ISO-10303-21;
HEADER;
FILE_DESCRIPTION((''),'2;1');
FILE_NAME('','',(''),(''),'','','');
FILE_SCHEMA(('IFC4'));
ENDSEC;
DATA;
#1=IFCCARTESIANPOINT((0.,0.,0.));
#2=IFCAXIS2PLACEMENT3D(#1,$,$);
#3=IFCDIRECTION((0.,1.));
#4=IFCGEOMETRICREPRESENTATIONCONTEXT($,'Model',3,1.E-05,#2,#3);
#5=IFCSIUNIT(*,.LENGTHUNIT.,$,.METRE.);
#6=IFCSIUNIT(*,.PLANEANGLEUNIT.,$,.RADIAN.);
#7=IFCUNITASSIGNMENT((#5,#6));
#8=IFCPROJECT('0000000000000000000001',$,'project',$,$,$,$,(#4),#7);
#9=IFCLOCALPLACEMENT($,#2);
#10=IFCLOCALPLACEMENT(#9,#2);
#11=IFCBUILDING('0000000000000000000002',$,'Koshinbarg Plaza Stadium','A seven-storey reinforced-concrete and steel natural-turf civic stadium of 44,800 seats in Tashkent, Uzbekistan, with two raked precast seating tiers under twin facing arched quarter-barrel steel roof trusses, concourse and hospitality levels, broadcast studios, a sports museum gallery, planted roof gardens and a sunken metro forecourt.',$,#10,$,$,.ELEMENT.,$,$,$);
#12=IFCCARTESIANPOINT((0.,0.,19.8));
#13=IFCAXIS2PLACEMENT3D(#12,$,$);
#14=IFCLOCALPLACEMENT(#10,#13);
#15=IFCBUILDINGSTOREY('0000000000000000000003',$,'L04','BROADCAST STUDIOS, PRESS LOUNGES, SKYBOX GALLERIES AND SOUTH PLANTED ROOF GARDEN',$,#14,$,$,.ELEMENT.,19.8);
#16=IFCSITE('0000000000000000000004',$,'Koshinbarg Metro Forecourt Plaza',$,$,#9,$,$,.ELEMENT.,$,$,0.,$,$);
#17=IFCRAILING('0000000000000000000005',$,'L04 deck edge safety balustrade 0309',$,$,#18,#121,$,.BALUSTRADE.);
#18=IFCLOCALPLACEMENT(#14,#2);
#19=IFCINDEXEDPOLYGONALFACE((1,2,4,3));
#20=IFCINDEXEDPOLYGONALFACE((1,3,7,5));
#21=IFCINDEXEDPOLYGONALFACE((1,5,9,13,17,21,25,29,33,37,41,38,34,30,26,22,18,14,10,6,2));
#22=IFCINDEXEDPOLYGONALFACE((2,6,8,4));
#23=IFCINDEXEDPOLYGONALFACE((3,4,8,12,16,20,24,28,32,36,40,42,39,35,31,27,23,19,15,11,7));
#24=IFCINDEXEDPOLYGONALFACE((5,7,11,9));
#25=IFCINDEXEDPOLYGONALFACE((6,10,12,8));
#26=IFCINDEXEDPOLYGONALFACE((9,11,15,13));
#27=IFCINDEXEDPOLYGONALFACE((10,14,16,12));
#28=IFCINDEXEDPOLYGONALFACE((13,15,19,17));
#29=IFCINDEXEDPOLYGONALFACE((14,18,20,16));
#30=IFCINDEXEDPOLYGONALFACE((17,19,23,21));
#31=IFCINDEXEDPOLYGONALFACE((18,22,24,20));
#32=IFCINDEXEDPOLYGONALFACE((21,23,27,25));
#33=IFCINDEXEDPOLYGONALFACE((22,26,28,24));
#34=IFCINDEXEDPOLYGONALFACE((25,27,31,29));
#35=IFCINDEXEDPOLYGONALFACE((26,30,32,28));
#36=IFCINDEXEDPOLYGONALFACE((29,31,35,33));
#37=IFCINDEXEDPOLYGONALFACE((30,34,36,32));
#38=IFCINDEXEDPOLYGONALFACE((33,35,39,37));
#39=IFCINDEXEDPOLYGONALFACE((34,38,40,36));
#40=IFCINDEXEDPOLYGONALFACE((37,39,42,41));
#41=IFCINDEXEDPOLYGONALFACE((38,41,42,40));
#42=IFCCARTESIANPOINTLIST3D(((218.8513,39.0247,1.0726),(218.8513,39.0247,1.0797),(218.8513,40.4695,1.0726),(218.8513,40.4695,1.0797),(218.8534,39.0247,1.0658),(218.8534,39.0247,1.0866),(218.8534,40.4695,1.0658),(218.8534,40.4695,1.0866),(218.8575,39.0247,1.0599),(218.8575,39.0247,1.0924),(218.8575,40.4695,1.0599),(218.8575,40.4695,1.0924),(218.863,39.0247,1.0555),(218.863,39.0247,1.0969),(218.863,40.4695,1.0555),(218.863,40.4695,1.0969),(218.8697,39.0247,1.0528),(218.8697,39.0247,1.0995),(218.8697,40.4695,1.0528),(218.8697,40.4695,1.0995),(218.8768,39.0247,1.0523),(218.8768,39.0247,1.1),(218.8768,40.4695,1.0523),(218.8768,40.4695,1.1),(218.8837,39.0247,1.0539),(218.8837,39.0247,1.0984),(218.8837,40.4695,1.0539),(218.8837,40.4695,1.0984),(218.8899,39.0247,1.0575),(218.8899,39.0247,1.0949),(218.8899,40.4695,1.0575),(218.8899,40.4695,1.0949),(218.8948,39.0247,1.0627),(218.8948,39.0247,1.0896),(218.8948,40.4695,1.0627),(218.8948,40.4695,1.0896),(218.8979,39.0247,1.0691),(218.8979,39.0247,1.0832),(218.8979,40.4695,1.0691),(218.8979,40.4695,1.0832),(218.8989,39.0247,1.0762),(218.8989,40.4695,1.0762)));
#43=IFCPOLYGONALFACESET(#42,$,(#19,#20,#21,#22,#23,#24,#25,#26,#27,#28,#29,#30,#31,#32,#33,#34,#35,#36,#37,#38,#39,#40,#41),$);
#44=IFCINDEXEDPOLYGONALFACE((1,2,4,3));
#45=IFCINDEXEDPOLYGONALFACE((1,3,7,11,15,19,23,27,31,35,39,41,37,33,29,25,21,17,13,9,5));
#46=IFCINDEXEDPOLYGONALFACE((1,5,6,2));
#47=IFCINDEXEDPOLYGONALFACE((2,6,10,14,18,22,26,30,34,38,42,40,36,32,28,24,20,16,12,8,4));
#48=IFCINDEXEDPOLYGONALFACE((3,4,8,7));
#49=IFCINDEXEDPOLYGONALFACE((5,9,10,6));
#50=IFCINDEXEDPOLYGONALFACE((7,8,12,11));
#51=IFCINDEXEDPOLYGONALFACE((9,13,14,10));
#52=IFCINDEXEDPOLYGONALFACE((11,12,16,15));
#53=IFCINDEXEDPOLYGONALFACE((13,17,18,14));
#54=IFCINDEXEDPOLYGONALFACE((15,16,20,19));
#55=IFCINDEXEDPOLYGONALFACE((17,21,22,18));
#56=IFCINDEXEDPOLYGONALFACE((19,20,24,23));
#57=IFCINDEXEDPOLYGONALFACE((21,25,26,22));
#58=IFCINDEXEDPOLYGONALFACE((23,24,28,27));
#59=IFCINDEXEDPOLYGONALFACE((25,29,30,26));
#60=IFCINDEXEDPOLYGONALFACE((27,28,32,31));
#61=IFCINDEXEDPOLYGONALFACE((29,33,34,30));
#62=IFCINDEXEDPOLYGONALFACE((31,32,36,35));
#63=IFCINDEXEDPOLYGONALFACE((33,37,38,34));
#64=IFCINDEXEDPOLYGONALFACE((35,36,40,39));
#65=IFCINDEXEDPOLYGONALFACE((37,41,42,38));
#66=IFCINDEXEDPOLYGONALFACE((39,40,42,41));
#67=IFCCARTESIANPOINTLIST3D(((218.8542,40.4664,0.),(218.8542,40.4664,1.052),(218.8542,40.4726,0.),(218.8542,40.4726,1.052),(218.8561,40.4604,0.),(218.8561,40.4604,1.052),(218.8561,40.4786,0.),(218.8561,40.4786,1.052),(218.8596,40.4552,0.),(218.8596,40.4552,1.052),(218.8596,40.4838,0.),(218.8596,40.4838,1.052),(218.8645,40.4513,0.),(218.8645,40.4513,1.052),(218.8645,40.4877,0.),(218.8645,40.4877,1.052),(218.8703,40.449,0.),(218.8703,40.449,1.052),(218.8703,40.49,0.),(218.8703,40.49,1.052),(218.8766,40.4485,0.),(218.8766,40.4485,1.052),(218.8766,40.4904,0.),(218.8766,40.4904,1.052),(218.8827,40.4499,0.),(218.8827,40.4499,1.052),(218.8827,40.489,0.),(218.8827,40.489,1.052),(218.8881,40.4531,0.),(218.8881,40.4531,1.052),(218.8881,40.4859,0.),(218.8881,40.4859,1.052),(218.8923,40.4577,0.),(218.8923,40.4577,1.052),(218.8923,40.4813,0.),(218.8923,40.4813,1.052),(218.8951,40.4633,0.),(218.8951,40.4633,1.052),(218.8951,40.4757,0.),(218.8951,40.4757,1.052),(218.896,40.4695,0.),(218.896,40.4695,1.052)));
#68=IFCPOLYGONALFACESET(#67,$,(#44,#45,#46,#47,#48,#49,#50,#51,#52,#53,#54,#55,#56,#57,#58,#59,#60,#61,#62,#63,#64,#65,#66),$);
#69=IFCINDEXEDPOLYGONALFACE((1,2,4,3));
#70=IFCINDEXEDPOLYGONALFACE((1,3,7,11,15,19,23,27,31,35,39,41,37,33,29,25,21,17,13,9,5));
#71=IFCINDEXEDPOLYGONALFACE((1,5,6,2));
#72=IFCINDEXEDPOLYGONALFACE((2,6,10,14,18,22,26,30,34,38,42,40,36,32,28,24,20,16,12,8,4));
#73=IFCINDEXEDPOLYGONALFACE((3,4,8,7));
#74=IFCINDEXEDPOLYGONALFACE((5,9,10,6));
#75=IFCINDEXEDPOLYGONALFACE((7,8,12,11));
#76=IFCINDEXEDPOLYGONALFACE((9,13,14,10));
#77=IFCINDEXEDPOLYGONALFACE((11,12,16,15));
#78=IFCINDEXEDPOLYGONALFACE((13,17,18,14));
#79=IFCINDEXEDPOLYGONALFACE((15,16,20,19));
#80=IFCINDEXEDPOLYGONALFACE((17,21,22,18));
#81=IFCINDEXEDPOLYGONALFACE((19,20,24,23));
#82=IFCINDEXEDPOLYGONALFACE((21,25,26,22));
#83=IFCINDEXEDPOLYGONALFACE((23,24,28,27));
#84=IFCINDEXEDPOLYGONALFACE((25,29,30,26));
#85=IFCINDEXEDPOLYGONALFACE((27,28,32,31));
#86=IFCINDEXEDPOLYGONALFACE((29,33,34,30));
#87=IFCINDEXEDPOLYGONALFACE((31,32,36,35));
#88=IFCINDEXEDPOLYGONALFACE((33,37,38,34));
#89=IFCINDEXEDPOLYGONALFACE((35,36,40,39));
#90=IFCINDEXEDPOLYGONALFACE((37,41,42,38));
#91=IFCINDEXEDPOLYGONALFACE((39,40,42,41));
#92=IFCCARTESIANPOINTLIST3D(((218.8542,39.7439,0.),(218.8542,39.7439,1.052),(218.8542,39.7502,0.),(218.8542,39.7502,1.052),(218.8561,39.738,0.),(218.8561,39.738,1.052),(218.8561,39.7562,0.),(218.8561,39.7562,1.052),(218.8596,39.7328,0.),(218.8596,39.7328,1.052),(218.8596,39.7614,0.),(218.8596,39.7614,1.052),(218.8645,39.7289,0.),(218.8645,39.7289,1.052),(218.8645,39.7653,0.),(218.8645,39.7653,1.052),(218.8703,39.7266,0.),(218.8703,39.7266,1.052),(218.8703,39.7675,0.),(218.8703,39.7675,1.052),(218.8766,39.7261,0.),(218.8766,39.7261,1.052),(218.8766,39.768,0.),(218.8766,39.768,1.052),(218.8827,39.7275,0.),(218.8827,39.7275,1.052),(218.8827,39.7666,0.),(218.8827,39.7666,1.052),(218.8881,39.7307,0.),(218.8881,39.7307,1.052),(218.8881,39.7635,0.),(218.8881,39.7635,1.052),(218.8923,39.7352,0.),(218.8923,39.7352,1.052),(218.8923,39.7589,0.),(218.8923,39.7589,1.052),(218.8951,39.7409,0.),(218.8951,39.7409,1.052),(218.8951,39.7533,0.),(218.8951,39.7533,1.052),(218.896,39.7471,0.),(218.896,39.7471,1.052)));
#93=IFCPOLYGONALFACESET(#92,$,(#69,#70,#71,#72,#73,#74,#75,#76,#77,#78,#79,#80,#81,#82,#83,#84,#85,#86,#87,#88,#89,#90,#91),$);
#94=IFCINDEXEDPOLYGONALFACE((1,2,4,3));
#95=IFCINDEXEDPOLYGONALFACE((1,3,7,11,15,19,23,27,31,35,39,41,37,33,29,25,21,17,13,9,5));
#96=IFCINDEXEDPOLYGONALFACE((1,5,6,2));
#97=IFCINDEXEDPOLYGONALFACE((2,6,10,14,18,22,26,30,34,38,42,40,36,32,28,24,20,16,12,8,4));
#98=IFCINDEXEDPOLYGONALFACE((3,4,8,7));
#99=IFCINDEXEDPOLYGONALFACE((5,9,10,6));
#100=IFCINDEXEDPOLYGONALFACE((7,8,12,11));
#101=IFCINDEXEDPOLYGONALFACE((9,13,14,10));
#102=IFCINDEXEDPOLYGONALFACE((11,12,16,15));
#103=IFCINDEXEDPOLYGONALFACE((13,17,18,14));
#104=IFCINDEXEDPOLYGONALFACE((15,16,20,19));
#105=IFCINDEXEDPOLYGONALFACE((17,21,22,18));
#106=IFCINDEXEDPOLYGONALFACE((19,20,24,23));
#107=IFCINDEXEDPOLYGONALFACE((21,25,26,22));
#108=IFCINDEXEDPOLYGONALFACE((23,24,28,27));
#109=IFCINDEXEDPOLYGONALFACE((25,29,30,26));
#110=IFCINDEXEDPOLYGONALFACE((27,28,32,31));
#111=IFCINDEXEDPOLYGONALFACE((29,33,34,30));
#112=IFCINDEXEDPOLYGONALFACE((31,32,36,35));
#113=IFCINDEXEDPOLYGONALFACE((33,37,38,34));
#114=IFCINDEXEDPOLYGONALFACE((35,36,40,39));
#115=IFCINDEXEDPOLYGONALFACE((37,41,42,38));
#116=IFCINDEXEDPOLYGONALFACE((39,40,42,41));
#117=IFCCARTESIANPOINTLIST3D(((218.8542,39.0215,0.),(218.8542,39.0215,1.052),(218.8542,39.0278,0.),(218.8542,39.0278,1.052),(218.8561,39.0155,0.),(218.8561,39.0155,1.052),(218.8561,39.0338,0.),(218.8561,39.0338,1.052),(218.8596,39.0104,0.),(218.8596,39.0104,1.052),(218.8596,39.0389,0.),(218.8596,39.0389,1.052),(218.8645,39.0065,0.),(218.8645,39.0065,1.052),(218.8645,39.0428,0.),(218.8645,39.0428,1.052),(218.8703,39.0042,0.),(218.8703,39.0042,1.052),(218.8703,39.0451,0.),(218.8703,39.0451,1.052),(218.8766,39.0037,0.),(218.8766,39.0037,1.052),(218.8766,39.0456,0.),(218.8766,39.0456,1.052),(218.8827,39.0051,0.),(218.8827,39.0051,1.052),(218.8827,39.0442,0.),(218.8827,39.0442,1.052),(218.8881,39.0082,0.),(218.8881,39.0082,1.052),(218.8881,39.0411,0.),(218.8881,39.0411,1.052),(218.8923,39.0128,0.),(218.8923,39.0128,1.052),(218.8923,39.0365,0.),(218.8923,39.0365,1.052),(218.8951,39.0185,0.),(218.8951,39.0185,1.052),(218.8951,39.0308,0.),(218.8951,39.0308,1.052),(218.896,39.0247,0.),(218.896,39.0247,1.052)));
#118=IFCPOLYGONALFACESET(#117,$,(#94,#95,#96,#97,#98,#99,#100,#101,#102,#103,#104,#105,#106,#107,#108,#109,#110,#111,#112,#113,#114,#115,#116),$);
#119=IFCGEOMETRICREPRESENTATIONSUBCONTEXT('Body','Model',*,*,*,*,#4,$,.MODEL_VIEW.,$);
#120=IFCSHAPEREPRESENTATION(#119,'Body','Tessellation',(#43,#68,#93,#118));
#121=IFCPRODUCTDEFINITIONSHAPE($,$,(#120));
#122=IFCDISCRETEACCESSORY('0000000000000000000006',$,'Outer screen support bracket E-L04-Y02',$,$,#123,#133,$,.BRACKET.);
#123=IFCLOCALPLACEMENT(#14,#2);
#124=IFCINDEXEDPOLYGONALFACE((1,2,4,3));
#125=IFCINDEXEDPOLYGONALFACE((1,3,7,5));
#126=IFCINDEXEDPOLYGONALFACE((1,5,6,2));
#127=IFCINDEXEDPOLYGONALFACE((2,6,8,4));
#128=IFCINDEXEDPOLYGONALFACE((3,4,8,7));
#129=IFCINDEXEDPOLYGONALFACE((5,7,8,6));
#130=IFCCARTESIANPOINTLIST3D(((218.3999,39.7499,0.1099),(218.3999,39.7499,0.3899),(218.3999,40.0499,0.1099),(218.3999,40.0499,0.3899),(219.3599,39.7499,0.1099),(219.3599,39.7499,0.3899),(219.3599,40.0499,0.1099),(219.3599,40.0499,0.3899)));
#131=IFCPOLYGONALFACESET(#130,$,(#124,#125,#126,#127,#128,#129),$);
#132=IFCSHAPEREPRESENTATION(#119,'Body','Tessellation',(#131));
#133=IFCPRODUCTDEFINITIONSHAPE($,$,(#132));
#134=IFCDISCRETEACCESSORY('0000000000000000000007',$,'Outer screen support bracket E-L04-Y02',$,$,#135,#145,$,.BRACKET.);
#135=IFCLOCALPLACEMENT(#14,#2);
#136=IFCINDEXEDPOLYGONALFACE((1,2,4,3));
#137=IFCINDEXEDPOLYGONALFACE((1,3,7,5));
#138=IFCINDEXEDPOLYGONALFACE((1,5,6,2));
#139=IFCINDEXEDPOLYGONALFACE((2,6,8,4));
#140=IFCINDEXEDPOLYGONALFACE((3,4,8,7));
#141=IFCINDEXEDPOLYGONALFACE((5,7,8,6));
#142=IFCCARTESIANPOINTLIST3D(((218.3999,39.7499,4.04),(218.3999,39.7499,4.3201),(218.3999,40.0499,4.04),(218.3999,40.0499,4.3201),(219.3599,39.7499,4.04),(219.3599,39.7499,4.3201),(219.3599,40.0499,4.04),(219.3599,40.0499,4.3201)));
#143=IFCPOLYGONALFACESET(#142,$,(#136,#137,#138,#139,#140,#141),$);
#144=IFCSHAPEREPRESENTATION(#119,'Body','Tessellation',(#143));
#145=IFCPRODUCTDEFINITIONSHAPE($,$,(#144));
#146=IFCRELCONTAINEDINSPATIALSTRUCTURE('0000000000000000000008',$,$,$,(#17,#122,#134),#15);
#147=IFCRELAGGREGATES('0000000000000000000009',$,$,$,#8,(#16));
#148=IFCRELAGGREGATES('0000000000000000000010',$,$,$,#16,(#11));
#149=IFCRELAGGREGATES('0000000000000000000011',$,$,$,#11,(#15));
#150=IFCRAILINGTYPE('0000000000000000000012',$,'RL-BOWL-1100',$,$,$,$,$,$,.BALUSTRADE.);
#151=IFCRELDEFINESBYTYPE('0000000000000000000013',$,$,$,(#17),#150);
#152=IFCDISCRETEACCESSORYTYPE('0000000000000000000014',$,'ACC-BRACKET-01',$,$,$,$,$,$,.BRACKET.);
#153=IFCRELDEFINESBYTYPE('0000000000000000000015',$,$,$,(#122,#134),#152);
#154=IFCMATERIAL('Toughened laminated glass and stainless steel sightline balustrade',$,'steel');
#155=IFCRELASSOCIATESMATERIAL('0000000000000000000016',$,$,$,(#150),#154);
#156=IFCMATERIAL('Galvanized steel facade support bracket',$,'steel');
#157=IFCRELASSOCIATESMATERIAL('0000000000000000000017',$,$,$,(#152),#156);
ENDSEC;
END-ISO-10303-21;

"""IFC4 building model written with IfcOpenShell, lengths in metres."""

from ifc_helpers import new_model, si_unit, direction, frame, origin, origin_2d, place, context, subcontext, project, spatial, rectangle, circle, extrude, material, type_object, element, save


model = new_model("IFC4")

# Units and contexts
model_context = context("Model", 3, precision=1e-05, world=origin(), true_north=direction((0.0, 1.0)))
body_context = subcontext(model_context, "Body", "Model", "MODEL_VIEW")
ifc_project = project(units=[si_unit("LENGTHUNIT", "METRE"), si_unit("PLANEANGLEUNIT", "RADIAN")], contexts=[model_context])

# Site, building, storey
site_placement = place(None, origin())
site = spatial("IfcSite", under=ifc_project, at=site_placement, Name="Koshinbarg Metro Forecourt Plaza", CompositionType="ELEMENT", RefElevation=0.0)
building_placement = place(site_placement, origin())
building = spatial("IfcBuilding", under=site, at=building_placement, Name="Koshinbarg Plaza Stadium", Description="A seven-storey reinforced-concrete and steel natural-turf civic stadium of 44,800 seats in Tashkent, Uzbekistan, with two raked precast seating tiers under twin facing arched quarter-barrel steel roof trusses, concourse and hospitality levels, broadcast studios, a sports museum gallery, planted roof gardens and a sunken metro forecourt.", CompositionType="ELEMENT")
storey_placement = place(building_placement, frame((0.0, 0.0, 19.8)))
storey = spatial("IfcBuildingStorey", under=building, at=storey_placement, Name="L04", Description="BROADCAST STUDIOS, PRESS LOUNGES, SKYBOX GALLERIES AND SOUTH PLANTED ROOF GARDEN", CompositionType="ELEMENT", Elevation=19.8)

# Railing
ifc_material_1 = material(Name="Toughened laminated glass and stainless steel sightline balustrade", Category="steel")
railing_type = type_object("IfcRailingType", Name="RL-BOWL-1100", PredefinedType="BALUSTRADE", material=ifc_material_1)
railing_placement = place(storey_placement, frame((218.875, 40.4695, 0.0)))
element("IfcRailing", 1, at=railing_placement, inside=storey, type_object=railing_type, Name="L04 deck edge safety balustrade 0309", PredefinedType="BALUSTRADE", context=body_context, shape_type="SweptSolid", body=[
    extrude(circle(Radius=0.0239, at=origin_2d()), frame((0.0, 0.0, 1.0762), z_axis=(0.0, -1.0, 0.0), x_axis=(1.0, 0.0, 0.0)), (0.0, 0.0, 1.0), 1.4448),
    extrude(circle(Radius=0.021, at=origin_2d()), origin(), (0.0, 0.0, 1.0), 1.052),
    extrude(circle(Radius=0.021, at=origin_2d()), frame((0.0, -0.7224, 0.0)), (0.0, 0.0, 1.0), 1.052),
    extrude(circle(Radius=0.021, at=origin_2d()), frame((0.0, -1.4448, 0.0)), (0.0, 0.0, 1.0), 1.052),
])

# Discrete accessories
ifc_material_2 = material(Name="Galvanized steel facade support bracket", Category="steel")
discrete_accessory_type = type_object("IfcDiscreteAccessoryType", Name="ACC-BRACKET-01", PredefinedType="BRACKET", material=ifc_material_2)
for number, where, z_axis, x_axis, name in (
    (2, (218.8799, 39.8999, 0.1099), (0.0, 0.0, 1.0), (1.0, 0.0, 0.0), "Outer screen support bracket E-L04-Y02"),
    (3, (218.8799, 39.8999, 4.04), (0.0, 0.0, 1.0), (1.0, 0.0, 0.0), "Outer screen support bracket E-L04-Y02"),
):
    element("IfcDiscreteAccessory", number, at=place(storey_placement, frame(where, z_axis=z_axis, x_axis=x_axis)), inside=storey, type_object=discrete_accessory_type, Name=name, PredefinedType="BRACKET", context=body_context, shape_type="SweptSolid", body=[
        extrude(rectangle(XDim=0.96, YDim=0.3, at=origin_2d()), origin(), (0.0, 0.0, 1.0), 0.28),
    ])

save(model, "model.ifc")
